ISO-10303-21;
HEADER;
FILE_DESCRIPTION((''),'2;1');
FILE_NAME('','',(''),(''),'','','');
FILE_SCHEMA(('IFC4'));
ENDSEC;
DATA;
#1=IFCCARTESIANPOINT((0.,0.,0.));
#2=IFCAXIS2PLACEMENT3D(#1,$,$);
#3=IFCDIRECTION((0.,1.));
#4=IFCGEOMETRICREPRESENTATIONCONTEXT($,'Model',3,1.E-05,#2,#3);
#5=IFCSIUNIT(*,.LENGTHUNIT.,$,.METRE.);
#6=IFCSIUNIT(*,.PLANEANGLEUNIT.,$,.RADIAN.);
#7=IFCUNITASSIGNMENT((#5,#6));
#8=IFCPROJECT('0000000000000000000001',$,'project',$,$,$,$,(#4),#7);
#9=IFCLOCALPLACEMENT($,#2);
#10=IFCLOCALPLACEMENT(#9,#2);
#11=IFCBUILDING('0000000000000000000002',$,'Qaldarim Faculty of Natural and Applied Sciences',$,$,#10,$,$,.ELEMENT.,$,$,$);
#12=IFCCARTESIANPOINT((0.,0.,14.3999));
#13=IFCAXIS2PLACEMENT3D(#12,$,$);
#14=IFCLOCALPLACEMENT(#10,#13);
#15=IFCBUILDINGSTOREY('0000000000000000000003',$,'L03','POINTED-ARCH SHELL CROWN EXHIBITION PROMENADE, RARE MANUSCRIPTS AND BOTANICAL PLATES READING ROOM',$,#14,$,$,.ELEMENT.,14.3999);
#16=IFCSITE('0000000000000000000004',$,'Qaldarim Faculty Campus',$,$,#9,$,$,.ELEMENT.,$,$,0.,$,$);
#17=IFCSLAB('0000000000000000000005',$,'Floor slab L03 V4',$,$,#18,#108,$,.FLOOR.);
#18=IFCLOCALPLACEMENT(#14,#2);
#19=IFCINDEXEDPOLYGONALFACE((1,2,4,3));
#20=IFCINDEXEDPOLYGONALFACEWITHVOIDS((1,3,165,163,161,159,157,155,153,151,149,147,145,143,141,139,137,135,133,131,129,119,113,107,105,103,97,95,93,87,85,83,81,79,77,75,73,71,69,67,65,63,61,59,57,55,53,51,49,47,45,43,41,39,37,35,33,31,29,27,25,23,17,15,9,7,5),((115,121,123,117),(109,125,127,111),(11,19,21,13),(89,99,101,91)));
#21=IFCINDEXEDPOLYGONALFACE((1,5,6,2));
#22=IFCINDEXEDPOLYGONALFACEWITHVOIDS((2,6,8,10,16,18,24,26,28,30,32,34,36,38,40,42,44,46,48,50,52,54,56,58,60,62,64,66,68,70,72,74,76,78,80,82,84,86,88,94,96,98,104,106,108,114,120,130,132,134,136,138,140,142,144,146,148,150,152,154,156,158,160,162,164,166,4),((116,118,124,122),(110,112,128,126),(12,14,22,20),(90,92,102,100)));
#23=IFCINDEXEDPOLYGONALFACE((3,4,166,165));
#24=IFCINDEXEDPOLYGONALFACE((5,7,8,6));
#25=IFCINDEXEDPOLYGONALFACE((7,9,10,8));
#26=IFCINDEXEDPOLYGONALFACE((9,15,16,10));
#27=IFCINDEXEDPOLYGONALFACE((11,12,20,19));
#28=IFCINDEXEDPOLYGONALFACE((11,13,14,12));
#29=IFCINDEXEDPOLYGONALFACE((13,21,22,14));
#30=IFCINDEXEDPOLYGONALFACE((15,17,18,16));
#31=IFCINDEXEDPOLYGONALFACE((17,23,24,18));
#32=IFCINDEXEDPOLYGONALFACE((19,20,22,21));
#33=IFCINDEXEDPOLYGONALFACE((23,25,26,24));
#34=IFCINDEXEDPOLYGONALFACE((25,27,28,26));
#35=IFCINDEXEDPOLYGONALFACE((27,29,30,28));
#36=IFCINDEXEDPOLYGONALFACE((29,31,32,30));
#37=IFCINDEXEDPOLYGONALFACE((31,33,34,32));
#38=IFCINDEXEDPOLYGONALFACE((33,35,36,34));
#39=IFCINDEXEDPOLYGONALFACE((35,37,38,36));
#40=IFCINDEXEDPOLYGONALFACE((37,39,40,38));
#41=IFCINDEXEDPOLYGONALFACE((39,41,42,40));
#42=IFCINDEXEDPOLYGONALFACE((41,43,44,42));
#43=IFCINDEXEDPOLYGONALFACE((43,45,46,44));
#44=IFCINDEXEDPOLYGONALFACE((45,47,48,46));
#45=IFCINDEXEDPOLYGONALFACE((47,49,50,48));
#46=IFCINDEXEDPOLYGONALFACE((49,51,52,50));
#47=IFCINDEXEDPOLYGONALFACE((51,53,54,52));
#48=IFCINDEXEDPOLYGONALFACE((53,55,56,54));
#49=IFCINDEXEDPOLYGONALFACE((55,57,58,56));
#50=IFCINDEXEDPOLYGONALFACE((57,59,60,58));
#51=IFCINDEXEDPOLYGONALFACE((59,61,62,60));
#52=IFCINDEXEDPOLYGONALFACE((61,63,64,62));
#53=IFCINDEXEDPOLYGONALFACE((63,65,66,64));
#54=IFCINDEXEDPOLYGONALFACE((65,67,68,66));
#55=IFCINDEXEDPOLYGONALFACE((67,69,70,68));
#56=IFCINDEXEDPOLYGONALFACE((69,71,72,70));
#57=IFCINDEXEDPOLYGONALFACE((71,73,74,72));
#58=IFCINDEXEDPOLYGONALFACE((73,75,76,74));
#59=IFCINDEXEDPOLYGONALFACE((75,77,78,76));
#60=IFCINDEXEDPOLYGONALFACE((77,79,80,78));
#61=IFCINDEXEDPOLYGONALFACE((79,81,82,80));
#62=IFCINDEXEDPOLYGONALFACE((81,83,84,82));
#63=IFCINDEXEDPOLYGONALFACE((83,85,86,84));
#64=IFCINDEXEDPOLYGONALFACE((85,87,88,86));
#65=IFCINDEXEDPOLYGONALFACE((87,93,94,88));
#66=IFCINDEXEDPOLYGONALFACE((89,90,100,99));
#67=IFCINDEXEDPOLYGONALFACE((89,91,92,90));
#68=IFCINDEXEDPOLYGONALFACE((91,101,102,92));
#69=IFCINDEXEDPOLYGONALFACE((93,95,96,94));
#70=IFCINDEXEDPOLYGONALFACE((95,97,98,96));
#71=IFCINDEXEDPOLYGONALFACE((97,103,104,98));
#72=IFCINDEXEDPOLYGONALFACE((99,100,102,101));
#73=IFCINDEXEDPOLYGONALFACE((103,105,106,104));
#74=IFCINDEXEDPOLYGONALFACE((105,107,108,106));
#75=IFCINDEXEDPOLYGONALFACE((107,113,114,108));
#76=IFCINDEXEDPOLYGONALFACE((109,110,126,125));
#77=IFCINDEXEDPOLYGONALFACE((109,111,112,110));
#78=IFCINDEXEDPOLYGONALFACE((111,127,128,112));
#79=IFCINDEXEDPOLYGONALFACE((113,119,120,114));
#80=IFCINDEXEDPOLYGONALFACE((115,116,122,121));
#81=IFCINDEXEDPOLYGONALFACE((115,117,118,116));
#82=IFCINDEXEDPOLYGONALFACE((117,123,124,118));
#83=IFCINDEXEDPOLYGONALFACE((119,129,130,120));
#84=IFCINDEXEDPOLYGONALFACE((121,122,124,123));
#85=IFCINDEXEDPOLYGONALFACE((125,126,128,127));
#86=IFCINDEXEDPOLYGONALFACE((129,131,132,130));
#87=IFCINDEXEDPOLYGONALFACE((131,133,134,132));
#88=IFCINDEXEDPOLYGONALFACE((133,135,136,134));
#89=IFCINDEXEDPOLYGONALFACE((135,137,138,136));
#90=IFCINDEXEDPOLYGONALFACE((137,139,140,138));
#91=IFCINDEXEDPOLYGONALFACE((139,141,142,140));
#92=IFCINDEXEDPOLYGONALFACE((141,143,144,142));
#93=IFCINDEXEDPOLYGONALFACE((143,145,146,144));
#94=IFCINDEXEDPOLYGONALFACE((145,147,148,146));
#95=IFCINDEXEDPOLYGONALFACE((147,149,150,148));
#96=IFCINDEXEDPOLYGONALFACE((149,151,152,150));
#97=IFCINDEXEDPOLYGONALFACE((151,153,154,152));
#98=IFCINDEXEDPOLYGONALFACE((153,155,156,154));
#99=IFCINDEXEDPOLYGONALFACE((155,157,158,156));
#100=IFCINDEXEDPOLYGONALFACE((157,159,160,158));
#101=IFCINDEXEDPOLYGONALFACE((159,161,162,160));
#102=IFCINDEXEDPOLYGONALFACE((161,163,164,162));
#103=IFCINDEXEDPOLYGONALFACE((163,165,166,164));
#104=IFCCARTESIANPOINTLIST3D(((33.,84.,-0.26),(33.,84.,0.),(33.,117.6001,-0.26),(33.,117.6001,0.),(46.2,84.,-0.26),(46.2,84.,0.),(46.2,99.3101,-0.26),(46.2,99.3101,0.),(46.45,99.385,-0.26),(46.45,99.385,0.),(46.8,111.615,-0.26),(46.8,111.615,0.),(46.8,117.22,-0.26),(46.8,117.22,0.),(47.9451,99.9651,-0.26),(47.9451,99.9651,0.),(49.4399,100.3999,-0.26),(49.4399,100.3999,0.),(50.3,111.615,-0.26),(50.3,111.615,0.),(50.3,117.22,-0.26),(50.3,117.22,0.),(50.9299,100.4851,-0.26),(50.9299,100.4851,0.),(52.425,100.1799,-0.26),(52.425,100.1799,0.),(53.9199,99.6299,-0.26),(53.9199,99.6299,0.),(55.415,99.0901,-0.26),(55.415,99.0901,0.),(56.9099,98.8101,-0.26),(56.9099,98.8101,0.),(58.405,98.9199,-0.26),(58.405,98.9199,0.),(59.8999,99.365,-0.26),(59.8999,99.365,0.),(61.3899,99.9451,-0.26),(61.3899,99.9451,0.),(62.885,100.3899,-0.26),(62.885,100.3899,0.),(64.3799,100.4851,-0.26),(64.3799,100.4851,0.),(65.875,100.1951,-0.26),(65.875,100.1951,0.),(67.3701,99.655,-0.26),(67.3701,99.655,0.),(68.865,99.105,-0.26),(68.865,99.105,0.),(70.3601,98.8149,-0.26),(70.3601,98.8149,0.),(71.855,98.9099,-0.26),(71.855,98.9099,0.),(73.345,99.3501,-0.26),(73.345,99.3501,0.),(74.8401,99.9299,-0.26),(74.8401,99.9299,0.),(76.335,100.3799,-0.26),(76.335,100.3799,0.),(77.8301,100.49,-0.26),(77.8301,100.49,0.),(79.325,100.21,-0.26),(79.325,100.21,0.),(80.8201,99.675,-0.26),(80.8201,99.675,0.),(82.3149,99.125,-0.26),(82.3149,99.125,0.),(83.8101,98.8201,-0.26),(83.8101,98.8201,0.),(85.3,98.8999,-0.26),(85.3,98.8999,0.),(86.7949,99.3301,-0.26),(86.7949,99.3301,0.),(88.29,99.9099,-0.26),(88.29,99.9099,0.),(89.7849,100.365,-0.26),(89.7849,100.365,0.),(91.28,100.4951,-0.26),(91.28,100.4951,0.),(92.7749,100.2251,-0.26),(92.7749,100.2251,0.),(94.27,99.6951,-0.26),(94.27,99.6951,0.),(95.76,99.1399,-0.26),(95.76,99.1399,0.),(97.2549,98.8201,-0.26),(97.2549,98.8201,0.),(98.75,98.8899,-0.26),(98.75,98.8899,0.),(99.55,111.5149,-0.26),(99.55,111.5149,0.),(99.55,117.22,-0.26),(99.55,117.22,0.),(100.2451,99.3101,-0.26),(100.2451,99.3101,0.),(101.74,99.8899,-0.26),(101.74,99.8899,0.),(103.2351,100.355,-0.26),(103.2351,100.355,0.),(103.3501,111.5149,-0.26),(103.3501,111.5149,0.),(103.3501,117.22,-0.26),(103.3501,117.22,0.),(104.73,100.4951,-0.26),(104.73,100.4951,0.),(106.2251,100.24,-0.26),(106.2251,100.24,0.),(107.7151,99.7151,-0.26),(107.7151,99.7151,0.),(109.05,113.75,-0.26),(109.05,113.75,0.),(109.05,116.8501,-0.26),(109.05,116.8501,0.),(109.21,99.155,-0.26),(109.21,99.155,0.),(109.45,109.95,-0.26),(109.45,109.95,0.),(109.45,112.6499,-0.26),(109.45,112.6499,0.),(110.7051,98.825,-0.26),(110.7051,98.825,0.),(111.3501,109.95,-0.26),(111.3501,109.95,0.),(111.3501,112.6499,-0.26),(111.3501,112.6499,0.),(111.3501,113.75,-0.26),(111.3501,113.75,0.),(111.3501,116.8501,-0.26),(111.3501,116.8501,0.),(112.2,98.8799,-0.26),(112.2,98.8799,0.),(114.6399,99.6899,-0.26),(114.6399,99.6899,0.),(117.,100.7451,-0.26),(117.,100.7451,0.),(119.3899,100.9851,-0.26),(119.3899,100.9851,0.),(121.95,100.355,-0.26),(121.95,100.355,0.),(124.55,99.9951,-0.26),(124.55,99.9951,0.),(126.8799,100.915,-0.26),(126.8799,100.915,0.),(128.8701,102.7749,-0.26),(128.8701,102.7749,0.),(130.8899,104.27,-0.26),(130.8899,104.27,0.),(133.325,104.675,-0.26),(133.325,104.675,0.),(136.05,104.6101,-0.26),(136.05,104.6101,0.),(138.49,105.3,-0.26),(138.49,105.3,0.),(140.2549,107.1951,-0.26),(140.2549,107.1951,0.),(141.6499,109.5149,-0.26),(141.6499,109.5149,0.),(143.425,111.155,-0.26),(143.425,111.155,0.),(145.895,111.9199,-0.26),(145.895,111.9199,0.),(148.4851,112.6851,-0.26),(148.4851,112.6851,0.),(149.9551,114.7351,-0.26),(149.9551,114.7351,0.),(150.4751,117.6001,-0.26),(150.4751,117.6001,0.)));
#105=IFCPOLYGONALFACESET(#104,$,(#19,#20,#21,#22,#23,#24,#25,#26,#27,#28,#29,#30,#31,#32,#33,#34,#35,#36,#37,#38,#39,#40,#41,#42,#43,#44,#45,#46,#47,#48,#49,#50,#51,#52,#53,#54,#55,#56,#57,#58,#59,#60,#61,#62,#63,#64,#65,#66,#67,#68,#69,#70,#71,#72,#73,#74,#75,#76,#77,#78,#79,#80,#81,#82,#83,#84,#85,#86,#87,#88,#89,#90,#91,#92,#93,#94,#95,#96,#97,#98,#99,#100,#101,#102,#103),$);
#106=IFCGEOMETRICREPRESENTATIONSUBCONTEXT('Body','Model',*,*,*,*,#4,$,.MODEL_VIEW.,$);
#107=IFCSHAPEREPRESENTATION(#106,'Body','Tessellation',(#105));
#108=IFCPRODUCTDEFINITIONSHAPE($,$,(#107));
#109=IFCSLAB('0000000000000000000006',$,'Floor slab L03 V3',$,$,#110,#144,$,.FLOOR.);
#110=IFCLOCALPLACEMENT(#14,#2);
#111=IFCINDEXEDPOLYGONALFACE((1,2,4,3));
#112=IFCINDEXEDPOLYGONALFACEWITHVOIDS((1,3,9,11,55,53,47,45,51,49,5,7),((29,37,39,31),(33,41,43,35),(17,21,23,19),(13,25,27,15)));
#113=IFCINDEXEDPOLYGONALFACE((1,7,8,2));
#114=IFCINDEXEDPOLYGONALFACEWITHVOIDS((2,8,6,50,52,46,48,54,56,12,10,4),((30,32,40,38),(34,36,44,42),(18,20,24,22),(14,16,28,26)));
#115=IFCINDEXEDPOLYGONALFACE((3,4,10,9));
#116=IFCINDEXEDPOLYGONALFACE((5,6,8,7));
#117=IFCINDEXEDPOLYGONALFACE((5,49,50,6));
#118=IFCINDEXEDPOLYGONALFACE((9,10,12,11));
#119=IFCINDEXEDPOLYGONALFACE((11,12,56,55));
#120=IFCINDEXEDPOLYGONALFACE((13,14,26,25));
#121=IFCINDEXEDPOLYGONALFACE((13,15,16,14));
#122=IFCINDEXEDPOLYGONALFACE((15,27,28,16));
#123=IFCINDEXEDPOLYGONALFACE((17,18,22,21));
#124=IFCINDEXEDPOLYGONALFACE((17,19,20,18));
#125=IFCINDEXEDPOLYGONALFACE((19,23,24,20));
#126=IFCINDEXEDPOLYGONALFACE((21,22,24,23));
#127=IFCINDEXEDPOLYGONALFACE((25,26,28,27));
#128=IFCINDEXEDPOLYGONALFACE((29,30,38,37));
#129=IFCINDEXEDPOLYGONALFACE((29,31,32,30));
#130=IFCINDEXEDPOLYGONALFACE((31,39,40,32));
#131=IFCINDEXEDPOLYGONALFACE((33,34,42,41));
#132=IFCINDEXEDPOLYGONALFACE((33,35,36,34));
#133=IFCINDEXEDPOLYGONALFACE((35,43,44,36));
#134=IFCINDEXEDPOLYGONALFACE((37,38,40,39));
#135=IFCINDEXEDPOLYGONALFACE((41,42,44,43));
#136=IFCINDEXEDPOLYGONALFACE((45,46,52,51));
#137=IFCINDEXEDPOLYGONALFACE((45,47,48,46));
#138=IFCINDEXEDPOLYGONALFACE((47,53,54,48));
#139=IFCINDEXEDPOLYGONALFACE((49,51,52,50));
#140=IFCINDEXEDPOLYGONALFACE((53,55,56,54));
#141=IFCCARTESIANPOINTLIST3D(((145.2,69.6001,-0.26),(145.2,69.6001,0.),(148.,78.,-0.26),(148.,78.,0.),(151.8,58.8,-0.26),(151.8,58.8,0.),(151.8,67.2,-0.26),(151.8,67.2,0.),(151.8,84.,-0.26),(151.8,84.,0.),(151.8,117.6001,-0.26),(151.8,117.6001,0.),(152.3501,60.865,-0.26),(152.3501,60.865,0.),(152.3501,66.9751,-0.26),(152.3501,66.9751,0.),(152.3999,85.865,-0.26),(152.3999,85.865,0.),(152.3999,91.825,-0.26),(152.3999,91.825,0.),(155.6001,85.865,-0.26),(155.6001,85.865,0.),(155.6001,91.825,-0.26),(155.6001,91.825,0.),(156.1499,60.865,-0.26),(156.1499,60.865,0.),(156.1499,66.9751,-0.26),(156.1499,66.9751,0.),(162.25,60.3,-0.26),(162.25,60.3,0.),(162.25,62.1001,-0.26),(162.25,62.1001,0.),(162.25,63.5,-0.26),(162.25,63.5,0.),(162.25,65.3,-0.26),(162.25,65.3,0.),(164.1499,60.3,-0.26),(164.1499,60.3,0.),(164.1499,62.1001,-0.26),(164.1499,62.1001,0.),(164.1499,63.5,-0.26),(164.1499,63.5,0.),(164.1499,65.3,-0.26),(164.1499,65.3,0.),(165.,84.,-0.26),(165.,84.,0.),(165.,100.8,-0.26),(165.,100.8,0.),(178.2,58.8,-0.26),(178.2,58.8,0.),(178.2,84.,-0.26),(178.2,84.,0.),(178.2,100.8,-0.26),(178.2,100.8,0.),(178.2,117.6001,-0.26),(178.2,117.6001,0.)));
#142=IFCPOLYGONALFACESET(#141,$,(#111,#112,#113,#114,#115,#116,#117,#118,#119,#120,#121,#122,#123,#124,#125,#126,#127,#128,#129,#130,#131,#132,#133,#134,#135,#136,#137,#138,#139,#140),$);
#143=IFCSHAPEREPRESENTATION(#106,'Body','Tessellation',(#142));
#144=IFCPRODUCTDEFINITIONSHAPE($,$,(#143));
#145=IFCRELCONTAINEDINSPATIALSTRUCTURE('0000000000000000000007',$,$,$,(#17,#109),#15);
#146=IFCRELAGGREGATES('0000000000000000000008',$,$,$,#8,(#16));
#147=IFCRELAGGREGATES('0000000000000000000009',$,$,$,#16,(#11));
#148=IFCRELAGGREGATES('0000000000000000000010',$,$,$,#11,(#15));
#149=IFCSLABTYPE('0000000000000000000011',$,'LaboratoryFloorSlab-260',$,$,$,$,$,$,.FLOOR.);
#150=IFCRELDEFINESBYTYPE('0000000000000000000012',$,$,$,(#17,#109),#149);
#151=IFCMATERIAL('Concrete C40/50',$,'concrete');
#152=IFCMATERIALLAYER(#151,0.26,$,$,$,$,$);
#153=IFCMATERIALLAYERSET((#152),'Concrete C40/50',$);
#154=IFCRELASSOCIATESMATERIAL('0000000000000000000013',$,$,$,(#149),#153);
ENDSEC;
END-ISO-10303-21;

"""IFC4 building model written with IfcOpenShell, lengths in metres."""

from ifc_helpers import new_model, si_unit, direction, frame, origin, place, context, subcontext, project, spatial, polyline, outline, extrude, material, layer, layer_set, type_object, element, save


model = new_model("IFC4")

# Units and contexts
model_context = context("Model", 3, precision=1e-05, world=origin(), true_north=direction((0.0, 1.0)))
body_context = subcontext(model_context, "Body", "Model", "MODEL_VIEW")
ifc_project = project(units=[si_unit("LENGTHUNIT", "METRE"), si_unit("PLANEANGLEUNIT", "RADIAN")], contexts=[model_context])

# Site, building, storey
site_placement = place(None, origin())
site = spatial("IfcSite", under=ifc_project, at=site_placement, Name="Qaldarim Faculty Campus", CompositionType="ELEMENT", RefElevation=0.0)
building_placement = place(site_placement, origin())
building = spatial("IfcBuilding", under=site, at=building_placement, Name="Qaldarim Faculty of Natural and Applied Sciences", CompositionType="ELEMENT")
storey_placement = place(building_placement, frame((0.0, 0.0, 14.3999)))
storey = spatial("IfcBuildingStorey", under=building, at=storey_placement, Name="L03", Description="POINTED-ARCH SHELL CROWN EXHIBITION PROMENADE, RARE MANUSCRIPTS AND BOTANICAL PLATES READING ROOM", CompositionType="ELEMENT", Elevation=14.3999)

# Shared definitions
ifc_material_1 = material(Name="Concrete C40/50", Category="concrete")

# Slabs
ifc_layer_1 = layer(ifc_material_1, 0.26)
ifc_layer_set_1 = layer_set([ifc_layer_1], Name="Concrete C40/50")
slab_type_1 = type_object("IfcSlabType", Name="LaboratoryFloorSlab-260", PredefinedType="FLOOR", material=ifc_layer_set_1)
slab_1_placement = place(storey_placement, frame((0.0, 0.0, -0.26)))
element("IfcSlab", 1, at=slab_1_placement, inside=storey, type_object=slab_type_1, Name="Floor slab L03 V4", PredefinedType="FLOOR", context=body_context, shape_type="SweptSolid", body=[
    extrude(outline(polyline([(33.0, 84.0), (33.0, 117.6001), (150.4751, 117.6001), (149.9551, 114.7351), (148.4851, 112.6851), (145.895, 111.9199), (143.425, 111.155), (141.6499, 109.5149), (140.2549, 107.1951), (138.49, 105.3), (136.05, 104.6101), (133.325, 104.675), (130.8899, 104.27), (128.8701, 102.7749), (126.8799, 100.915), (124.55, 99.9951), (121.95, 100.355), (119.3899, 100.9851), (117.0, 100.7451), (114.6399, 99.6899), (112.2, 98.8799), (110.7051, 98.825), (109.21, 99.155), (107.7151, 99.7151), (106.2251, 100.24), (104.73, 100.4951), (103.2351, 100.355), (101.74, 99.8899), (100.2451, 99.3101), (98.75, 98.8899), (97.2549, 98.8201), (95.76, 99.1399), (94.27, 99.6951), (92.7749, 100.2251), (91.28, 100.4951), (89.7849, 100.365), (88.29, 99.9099), (86.7949, 99.3301), (85.3, 98.8999), (83.8101, 98.8201), (82.3149, 99.125), (80.8201, 99.675), (79.325, 100.21), (77.8301, 100.49), (76.335, 100.3799), (74.8401, 99.9299), (73.345, 99.3501), (71.855, 98.9099), (70.3601, 98.8149), (68.865, 99.105), (67.3701, 99.655), (65.875, 100.1951), (64.3799, 100.4851), (62.885, 100.3899), (61.3899, 99.9451), (59.8999, 99.365), (58.405, 98.9199), (56.9099, 98.8101), (55.415, 99.0901), (53.9199, 99.6299), (52.425, 100.1799), (50.9299, 100.4851), (49.4399, 100.3999), (47.9451, 99.9651), (46.45, 99.385), (46.2, 99.3101), (46.2, 84.0), (33.0, 84.0)]), holes=[polyline([(103.3501, 111.5149), (103.3501, 117.22), (99.55, 117.22), (99.55, 111.5149), (103.3501, 111.5149)]), polyline([(50.3, 111.615), (50.3, 117.22), (46.8, 117.22), (46.8, 111.615), (50.3, 111.615)]), polyline([(109.45, 109.95), (111.3501, 109.95), (111.3501, 112.6499), (109.45, 112.6499), (109.45, 109.95)]), polyline([(109.05, 113.75), (111.3501, 113.75), (111.3501, 116.8501), (109.05, 116.8501), (109.05, 113.75)])]), origin(), (0.0, 0.0, 1.0), 0.26),
])
slab_2_placement = place(storey_placement, frame((0.0, 0.0, -0.26)))
element("IfcSlab", 2, at=slab_2_placement, inside=storey, type_object=slab_type_1, Name="Floor slab L03 V3", PredefinedType="FLOOR", context=body_context, shape_type="SweptSolid", body=[
    extrude(outline(polyline([(148.0, 78.0), (151.8, 84.0), (151.8, 117.6001), (178.2, 117.6001), (178.2, 100.8), (165.0, 100.8), (165.0, 84.0), (178.2, 84.0), (178.2, 58.8), (151.8, 58.8), (151.8, 67.2), (145.2, 69.6001), (148.0, 78.0)]), holes=[polyline([(156.1499, 60.865), (156.1499, 66.9751), (152.3501, 66.9751), (152.3501, 60.865), (156.1499, 60.865)]), polyline([(155.6001, 85.865), (155.6001, 91.825), (152.3999, 91.825), (152.3999, 85.865), (155.6001, 85.865)]), polyline([(162.25, 60.3), (164.1499, 60.3), (164.1499, 62.1001), (162.25, 62.1001), (162.25, 60.3)]), polyline([(162.25, 63.5), (164.1499, 63.5), (164.1499, 65.3), (162.25, 65.3), (162.25, 63.5)])]), origin(), (0.0, 0.0, 1.0), 0.26),
])

save(model, "model.ifc")
